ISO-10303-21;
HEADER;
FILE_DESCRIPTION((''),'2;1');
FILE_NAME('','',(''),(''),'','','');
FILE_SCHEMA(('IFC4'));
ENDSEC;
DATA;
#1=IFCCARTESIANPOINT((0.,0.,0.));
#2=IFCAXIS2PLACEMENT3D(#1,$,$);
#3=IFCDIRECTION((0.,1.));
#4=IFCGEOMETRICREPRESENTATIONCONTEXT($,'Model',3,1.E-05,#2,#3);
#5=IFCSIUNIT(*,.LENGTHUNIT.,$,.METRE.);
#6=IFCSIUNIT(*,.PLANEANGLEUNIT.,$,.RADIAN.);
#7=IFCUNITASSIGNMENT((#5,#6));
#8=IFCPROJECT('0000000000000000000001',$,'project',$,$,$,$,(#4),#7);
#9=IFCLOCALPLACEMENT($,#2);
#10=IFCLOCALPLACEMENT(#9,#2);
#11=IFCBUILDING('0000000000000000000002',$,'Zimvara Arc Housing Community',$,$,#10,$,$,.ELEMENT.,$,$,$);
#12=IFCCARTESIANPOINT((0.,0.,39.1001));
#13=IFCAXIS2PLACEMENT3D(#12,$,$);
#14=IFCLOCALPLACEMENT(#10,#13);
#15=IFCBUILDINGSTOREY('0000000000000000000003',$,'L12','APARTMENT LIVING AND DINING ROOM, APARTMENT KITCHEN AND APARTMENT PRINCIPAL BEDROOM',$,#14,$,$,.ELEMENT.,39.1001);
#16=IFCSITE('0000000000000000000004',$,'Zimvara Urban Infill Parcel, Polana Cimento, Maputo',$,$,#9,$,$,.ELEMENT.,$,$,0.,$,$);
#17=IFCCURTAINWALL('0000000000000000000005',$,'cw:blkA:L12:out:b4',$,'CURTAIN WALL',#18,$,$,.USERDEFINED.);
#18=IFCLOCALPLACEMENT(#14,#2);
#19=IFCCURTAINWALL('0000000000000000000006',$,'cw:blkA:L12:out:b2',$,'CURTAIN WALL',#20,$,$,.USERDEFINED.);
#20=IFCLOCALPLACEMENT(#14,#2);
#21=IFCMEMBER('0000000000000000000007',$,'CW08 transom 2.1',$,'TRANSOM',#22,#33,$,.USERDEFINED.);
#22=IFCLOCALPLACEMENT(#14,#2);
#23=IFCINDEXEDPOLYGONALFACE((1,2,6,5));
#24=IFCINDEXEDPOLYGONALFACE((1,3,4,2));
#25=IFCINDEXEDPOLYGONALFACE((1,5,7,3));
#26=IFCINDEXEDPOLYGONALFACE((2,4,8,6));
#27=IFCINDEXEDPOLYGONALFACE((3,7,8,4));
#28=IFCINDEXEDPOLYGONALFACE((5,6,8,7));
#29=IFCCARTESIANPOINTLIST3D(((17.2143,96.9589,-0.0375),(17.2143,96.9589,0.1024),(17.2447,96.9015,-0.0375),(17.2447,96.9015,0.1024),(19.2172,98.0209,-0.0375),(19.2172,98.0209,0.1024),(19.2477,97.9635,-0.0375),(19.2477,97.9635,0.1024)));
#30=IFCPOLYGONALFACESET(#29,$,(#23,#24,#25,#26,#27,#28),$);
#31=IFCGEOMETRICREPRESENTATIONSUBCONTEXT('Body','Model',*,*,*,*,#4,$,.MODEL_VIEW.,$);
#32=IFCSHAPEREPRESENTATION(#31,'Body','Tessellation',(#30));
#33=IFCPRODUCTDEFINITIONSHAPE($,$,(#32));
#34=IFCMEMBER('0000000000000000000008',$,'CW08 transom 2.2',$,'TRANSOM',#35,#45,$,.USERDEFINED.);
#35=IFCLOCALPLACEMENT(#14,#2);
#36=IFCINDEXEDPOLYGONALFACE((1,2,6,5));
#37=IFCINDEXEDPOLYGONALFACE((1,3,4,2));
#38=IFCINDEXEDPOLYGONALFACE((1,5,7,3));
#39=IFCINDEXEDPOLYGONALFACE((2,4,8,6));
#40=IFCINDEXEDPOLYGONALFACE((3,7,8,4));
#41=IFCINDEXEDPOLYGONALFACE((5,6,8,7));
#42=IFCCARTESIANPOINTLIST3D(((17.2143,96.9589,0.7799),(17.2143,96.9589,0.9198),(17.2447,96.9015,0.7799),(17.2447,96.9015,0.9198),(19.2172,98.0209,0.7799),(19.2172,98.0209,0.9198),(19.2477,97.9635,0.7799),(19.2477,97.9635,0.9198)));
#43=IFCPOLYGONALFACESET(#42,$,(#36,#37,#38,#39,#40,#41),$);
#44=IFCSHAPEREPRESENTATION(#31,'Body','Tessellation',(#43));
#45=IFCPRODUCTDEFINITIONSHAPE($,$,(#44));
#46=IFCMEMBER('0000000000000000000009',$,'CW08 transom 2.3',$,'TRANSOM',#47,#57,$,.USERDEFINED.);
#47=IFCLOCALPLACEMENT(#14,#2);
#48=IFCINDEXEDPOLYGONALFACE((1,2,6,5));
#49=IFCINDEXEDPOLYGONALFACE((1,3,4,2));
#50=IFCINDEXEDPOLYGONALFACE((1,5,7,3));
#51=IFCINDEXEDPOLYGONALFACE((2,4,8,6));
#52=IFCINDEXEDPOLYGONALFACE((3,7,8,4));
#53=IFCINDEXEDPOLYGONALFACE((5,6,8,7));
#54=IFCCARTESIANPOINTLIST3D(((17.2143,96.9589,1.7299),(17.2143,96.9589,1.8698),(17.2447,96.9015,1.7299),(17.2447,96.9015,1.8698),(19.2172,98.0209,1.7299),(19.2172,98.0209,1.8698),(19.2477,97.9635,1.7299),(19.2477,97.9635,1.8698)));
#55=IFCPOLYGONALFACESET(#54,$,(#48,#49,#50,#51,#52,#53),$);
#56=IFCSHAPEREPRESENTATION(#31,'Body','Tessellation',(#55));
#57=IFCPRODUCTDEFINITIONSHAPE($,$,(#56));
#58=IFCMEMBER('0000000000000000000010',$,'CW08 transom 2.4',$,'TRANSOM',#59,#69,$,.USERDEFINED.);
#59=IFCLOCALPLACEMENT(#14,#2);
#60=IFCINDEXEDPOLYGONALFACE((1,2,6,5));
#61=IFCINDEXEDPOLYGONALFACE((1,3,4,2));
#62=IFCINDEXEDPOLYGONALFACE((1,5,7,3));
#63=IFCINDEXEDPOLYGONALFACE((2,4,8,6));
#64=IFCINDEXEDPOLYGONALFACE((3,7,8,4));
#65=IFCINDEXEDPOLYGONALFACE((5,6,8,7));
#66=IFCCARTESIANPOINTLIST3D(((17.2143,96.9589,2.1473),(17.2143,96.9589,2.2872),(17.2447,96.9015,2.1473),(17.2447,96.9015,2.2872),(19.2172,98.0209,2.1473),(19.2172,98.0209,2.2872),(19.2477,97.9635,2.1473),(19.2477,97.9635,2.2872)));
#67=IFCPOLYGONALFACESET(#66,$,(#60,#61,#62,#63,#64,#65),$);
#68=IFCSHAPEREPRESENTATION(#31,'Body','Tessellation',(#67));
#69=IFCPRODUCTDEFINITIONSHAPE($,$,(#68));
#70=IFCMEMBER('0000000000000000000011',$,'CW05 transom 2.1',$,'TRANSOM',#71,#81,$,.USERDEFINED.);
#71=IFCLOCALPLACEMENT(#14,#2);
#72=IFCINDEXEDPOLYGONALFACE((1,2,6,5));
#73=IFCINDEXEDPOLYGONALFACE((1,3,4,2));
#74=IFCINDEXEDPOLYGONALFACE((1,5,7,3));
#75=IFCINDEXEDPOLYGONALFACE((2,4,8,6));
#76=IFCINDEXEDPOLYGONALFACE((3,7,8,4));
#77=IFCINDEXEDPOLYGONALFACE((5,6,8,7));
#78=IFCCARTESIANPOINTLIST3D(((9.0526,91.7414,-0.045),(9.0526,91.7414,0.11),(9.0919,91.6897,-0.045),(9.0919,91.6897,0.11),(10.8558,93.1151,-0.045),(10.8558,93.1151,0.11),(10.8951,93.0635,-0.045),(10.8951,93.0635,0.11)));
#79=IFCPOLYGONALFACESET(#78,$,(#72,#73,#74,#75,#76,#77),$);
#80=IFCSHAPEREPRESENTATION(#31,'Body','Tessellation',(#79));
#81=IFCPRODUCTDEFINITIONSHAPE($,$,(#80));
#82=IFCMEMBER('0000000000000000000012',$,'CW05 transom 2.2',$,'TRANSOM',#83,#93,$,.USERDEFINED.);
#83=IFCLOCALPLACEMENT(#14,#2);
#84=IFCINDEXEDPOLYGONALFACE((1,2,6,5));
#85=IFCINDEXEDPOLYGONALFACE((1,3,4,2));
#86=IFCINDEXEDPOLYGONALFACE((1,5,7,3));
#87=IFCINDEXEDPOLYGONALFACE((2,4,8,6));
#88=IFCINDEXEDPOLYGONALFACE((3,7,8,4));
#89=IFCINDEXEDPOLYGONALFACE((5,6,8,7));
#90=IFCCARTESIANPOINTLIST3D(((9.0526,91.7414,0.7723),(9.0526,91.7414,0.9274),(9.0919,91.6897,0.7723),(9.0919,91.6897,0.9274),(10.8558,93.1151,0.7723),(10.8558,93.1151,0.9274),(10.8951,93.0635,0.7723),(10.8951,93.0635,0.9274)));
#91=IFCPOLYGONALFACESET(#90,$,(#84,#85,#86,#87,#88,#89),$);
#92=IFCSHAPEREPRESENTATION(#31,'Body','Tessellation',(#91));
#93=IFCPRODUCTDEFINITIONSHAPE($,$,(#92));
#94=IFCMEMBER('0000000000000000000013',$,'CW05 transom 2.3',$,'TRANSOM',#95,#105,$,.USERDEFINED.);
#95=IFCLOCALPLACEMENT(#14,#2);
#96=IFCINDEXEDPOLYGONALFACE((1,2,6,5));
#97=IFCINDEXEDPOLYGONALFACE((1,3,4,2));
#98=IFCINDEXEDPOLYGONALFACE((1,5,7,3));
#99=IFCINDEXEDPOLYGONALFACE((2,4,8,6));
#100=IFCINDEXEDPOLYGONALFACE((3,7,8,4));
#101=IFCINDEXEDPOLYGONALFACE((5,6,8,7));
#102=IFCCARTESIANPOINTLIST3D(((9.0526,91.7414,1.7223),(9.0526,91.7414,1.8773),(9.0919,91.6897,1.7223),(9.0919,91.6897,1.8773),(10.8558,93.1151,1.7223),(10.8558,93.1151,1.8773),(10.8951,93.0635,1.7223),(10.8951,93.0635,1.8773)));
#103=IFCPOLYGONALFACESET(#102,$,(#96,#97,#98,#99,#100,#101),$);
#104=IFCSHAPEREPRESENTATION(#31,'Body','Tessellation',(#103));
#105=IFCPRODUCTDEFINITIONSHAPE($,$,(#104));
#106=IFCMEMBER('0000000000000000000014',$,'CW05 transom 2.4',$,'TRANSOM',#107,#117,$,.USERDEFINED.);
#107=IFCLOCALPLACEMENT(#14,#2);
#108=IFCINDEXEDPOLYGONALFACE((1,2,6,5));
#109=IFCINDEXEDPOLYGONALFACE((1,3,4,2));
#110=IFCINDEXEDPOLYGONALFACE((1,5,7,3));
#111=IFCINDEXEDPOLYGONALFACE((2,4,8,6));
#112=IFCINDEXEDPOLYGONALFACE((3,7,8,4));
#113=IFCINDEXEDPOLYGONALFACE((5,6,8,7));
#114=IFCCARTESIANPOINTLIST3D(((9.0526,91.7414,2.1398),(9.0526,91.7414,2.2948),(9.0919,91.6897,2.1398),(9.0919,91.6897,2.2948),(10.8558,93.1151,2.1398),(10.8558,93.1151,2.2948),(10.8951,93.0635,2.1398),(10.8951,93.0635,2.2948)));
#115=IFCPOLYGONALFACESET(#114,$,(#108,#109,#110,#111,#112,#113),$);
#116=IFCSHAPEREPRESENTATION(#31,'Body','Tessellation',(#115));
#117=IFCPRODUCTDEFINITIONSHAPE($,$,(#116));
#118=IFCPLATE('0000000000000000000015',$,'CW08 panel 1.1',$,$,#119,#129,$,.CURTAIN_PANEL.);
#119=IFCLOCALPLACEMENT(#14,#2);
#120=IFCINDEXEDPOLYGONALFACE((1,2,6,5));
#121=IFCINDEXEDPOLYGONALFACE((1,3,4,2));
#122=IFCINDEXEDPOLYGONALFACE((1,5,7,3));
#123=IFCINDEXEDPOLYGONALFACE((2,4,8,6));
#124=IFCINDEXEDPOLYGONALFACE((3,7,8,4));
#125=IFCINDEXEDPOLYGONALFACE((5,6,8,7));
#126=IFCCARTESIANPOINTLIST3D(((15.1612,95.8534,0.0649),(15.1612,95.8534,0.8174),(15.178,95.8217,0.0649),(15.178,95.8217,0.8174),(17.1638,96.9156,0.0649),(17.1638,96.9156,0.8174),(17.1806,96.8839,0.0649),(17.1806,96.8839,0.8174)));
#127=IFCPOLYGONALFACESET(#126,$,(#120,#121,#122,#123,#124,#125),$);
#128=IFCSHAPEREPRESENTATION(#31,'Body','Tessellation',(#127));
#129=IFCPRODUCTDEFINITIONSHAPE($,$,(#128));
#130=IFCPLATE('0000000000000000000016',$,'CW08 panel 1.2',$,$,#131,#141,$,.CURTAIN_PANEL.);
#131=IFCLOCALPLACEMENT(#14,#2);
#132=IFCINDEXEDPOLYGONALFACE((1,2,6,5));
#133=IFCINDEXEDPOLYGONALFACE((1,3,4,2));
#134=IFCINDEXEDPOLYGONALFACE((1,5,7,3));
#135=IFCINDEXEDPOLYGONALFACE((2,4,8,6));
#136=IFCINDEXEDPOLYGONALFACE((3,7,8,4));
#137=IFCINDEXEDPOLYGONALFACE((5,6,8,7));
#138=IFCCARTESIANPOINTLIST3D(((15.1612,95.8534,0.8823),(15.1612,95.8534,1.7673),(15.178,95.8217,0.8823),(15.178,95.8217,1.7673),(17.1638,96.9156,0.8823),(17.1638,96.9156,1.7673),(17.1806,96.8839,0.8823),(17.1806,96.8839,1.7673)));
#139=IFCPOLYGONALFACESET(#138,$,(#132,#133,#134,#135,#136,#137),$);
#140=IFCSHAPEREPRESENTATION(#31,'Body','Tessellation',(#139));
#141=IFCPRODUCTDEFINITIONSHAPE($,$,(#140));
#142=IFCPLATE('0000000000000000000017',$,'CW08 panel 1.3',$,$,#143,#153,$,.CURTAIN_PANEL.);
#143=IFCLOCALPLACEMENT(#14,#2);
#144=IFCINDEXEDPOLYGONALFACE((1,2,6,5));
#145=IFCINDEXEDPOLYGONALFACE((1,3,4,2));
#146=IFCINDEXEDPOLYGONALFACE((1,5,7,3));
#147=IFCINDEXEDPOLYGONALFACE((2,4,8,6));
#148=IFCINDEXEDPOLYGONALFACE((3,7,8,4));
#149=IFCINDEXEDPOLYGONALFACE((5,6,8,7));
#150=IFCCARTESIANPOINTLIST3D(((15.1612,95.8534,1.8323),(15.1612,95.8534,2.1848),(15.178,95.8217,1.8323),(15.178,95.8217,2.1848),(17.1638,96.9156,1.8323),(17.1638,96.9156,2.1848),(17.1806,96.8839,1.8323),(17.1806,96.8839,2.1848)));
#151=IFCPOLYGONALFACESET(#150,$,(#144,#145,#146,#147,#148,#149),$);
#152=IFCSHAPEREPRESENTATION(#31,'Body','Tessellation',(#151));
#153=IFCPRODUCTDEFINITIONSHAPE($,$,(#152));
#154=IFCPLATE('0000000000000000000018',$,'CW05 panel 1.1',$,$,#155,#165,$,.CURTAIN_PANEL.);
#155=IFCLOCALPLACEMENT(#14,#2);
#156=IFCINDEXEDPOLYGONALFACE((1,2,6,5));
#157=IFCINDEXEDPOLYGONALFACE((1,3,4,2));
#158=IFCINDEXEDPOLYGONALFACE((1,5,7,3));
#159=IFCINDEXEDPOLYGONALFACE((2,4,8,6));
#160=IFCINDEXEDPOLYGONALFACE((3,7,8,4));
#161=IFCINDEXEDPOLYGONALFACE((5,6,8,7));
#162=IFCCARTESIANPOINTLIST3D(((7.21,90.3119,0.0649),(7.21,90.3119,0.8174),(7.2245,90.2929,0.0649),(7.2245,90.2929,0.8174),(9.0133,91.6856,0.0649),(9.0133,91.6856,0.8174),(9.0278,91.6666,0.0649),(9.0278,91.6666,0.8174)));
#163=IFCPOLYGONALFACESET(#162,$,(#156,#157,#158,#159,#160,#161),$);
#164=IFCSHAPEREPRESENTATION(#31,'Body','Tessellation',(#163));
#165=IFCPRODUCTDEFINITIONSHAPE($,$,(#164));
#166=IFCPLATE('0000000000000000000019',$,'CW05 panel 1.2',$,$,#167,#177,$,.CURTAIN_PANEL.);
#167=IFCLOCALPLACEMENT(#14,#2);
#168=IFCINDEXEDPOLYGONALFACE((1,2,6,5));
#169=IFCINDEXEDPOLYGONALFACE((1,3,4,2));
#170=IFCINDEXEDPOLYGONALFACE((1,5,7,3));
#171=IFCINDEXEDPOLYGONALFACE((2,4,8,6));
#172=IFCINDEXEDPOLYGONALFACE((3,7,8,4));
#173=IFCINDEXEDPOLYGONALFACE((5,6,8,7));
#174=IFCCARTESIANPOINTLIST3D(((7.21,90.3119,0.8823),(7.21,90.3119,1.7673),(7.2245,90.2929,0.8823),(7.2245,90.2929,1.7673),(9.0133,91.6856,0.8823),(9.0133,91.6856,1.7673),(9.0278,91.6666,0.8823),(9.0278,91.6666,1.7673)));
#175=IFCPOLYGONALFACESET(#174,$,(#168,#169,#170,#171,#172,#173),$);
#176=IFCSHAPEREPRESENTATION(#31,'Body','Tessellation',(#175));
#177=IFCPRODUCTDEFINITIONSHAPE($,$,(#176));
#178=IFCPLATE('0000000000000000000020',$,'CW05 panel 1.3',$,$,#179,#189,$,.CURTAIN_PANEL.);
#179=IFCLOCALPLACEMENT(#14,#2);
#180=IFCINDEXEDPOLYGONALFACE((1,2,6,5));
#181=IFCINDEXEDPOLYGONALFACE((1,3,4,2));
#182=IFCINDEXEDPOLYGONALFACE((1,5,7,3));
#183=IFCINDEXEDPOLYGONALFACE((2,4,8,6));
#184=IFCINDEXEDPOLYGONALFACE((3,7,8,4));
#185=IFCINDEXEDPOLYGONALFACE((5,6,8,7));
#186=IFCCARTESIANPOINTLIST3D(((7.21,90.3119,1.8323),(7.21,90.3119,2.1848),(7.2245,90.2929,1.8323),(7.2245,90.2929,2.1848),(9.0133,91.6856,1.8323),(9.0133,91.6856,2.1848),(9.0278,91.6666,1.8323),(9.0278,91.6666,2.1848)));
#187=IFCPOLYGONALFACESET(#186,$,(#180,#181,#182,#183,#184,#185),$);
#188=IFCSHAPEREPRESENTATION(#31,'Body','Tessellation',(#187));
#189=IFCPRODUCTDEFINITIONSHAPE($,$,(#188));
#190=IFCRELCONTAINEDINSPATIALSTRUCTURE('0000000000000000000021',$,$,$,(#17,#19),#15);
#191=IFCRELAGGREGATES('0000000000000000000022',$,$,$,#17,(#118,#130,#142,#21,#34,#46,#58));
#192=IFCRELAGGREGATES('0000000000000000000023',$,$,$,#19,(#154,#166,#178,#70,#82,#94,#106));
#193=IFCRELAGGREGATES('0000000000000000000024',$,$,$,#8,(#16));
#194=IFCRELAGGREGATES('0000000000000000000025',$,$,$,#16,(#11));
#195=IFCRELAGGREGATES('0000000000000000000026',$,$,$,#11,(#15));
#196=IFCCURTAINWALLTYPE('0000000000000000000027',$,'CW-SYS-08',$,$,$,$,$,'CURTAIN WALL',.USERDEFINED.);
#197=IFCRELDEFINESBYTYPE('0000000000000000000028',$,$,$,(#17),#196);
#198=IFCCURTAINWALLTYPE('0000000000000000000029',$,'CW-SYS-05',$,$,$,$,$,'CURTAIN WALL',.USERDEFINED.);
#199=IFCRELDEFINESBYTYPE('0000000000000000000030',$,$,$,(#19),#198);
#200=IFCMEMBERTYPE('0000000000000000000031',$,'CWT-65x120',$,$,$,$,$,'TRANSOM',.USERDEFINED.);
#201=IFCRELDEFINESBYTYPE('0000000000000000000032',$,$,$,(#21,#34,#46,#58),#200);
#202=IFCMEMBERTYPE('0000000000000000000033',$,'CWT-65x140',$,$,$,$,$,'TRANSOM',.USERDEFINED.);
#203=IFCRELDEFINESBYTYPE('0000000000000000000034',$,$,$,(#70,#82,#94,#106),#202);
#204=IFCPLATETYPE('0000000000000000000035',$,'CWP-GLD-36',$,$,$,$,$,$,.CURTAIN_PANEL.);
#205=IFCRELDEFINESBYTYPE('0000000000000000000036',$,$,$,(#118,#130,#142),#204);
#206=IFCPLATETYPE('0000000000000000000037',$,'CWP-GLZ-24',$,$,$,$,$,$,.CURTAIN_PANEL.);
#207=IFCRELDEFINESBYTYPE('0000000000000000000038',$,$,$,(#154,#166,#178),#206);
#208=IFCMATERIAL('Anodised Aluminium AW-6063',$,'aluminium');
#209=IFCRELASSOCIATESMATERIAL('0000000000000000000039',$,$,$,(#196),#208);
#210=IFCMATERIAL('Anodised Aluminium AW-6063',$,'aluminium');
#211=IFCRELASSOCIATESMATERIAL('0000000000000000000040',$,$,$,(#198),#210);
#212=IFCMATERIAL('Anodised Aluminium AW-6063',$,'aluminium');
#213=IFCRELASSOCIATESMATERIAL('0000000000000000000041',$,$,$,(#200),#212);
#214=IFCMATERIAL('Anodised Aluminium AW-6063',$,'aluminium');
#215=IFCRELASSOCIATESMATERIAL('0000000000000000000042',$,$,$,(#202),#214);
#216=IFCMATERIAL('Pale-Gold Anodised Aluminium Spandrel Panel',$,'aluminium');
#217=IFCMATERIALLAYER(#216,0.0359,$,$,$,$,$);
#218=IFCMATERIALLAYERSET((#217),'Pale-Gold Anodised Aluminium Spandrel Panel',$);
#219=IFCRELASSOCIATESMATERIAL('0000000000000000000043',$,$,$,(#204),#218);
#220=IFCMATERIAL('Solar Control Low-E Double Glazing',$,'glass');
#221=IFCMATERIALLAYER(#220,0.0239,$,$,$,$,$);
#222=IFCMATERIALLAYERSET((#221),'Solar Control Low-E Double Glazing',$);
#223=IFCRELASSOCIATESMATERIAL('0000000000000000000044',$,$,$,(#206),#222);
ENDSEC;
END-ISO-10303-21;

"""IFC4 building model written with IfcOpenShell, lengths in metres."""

from ifc_helpers import new_model, si_unit, direction, frame, origin, origin_2d, place, context, subcontext, project, spatial, rectangle, extrude, material, layer, layer_set, material_profile, profile_set, type_object, element, aggregate, save


model = new_model("IFC4")

# Units and contexts
model_context = context("Model", 3, precision=1e-05, world=origin(), true_north=direction((0.0, 1.0)))
body_context = subcontext(model_context, "Body", "Model", "MODEL_VIEW")
ifc_project = project(units=[si_unit("LENGTHUNIT", "METRE"), si_unit("PLANEANGLEUNIT", "RADIAN")], contexts=[model_context])

# Site, building, storey
site_placement = place(None, origin())
site = spatial("IfcSite", under=ifc_project, at=site_placement, Name="Zimvara Urban Infill Parcel, Polana Cimento, Maputo", CompositionType="ELEMENT", RefElevation=0.0)
building_placement = place(site_placement, origin())
building = spatial("IfcBuilding", under=site, at=building_placement, Name="Zimvara Arc Housing Community", CompositionType="ELEMENT")
storey_placement = place(building_placement, frame((0.0, 0.0, 39.1001)))
storey = spatial("IfcBuildingStorey", under=building, at=storey_placement, Name="L12", Description="APARTMENT LIVING AND DINING ROOM, APARTMENT KITCHEN AND APARTMENT PRINCIPAL BEDROOM", CompositionType="ELEMENT", Elevation=39.1001)

# Curtain walls
ifc_material_1 = material(Name="Anodised Aluminium AW-6063", Category="aluminium")
curtain_wall_type_1 = type_object("IfcCurtainWallType", Name="CW-SYS-08", ElementType="CURTAIN WALL", PredefinedType="USERDEFINED", material=ifc_material_1)
curtain_wall_1_placement = place(storey_placement, origin())
curtain_wall_1 = element("IfcCurtainWall", 1, at=curtain_wall_1_placement, inside=storey, type_object=curtain_wall_type_1, Name="cw:blkA:L12:out:b4", ObjectType="CURTAIN WALL", PredefinedType="USERDEFINED")
ifc_material_2 = material(Name="Anodised Aluminium AW-6063", Category="aluminium")
curtain_wall_type_2 = type_object("IfcCurtainWallType", Name="CW-SYS-05", ElementType="CURTAIN WALL", PredefinedType="USERDEFINED", material=ifc_material_2)
curtain_wall_2_placement = place(storey_placement, origin())
curtain_wall_2 = element("IfcCurtainWall", 2, at=curtain_wall_2_placement, inside=storey, type_object=curtain_wall_type_2, Name="cw:blkA:L12:out:b2", ObjectType="CURTAIN WALL", PredefinedType="USERDEFINED")

# Members
ifc_material_3 = material(Name="Anodised Aluminium AW-6063", Category="aluminium")
ifc_material_profile_1 = material_profile(ifc_material_3, rectangle(XDim=0.0649, YDim=0.1399, at=origin_2d()), Name="ALU 65x140")
ifc_profile_set_1 = profile_set([ifc_material_profile_1], Name="Anodised Aluminium AW-6063")
member_type_1 = type_object("IfcMemberType", Name="CWT-65x120", ElementType="TRANSOM", PredefinedType="USERDEFINED", material=ifc_profile_set_1)
member_1_placement = place(storey_placement, frame((17.2295, 96.9302, 0.0325), z_axis=(0.883489, 0.468452, 0.0), x_axis=(-0.468452, 0.883489, 0.0)))
member_1 = element("IfcMember", 3, at=member_1_placement, type_object=member_type_1, Name="CW08 transom 2.1", ObjectType="TRANSOM", PredefinedType="USERDEFINED", context=body_context, shape_type="SweptSolid", body=[
    extrude(rectangle(XDim=0.0649, YDim=0.1399, at=origin_2d()), origin(), (0.0, 0.0, 1.0), 2.2671),
])
member_2_placement = place(storey_placement, frame((17.2295, 96.9302, 0.8499), z_axis=(0.883489, 0.468452, 0.0), x_axis=(-0.468452, 0.883489, 0.0)))
member_2 = element("IfcMember", 4, at=member_2_placement, type_object=member_type_1, Name="CW08 transom 2.2", ObjectType="TRANSOM", PredefinedType="USERDEFINED", context=body_context, shape_type="SweptSolid", body=[
    extrude(rectangle(XDim=0.0649, YDim=0.1399, at=origin_2d()), origin(), (0.0, 0.0, 1.0), 2.2671),
])
member_3_placement = place(storey_placement, frame((17.2295, 96.9302, 1.7998), z_axis=(0.883489, 0.468452, 0.0), x_axis=(-0.468452, 0.883489, 0.0)))
member_3 = element("IfcMember", 5, at=member_3_placement, type_object=member_type_1, Name="CW08 transom 2.3", ObjectType="TRANSOM", PredefinedType="USERDEFINED", context=body_context, shape_type="SweptSolid", body=[
    extrude(rectangle(XDim=0.0649, YDim=0.1399, at=origin_2d()), origin(), (0.0, 0.0, 1.0), 2.2671),
])
member_4_placement = place(storey_placement, frame((17.2295, 96.9302, 2.2173), z_axis=(0.883489, 0.468452, 0.0), x_axis=(-0.468452, 0.883489, 0.0)))
member_4 = element("IfcMember", 6, at=member_4_placement, type_object=member_type_1, Name="CW08 transom 2.4", ObjectType="TRANSOM", PredefinedType="USERDEFINED", context=body_context, shape_type="SweptSolid", body=[
    extrude(rectangle(XDim=0.0649, YDim=0.1399, at=origin_2d()), origin(), (0.0, 0.0, 1.0), 2.2671),
])
ifc_material_4 = material(Name="Anodised Aluminium AW-6063", Category="aluminium")
ifc_material_profile_2 = material_profile(ifc_material_4, rectangle(XDim=0.0649, YDim=0.155, at=origin_2d()), Name="ALU 65x155")
ifc_profile_set_2 = profile_set([ifc_material_profile_2], Name="Anodised Aluminium AW-6063")
member_type_2 = type_object("IfcMemberType", Name="CWT-65x140", ElementType="TRANSOM", PredefinedType="USERDEFINED", material=ifc_profile_set_2)
member_5_placement = place(storey_placement, frame((9.0723, 91.7156, 0.0325), z_axis=(0.795454, 0.606014, 0.0), x_axis=(-0.606014, 0.795454, 0.0)))
member_5 = element("IfcMember", 7, at=member_5_placement, type_object=member_type_2, Name="CW05 transom 2.1", ObjectType="TRANSOM", PredefinedType="USERDEFINED", context=body_context, shape_type="SweptSolid", body=[
    extrude(rectangle(XDim=0.0649, YDim=0.155, at=origin_2d()), origin(), (0.0, 0.0, 1.0), 2.2668),
])
member_6_placement = place(storey_placement, frame((9.0723, 91.7156, 0.8499), z_axis=(0.795454, 0.606014, 0.0), x_axis=(-0.606014, 0.795454, 0.0)))
member_6 = element("IfcMember", 8, at=member_6_placement, type_object=member_type_2, Name="CW05 transom 2.2", ObjectType="TRANSOM", PredefinedType="USERDEFINED", context=body_context, shape_type="SweptSolid", body=[
    extrude(rectangle(XDim=0.0649, YDim=0.155, at=origin_2d()), origin(), (0.0, 0.0, 1.0), 2.2668),
])
member_7_placement = place(storey_placement, frame((9.0723, 91.7156, 1.7998), z_axis=(0.795454, 0.606014, 0.0), x_axis=(-0.606014, 0.795454, 0.0)))
member_7 = element("IfcMember", 9, at=member_7_placement, type_object=member_type_2, Name="CW05 transom 2.3", ObjectType="TRANSOM", PredefinedType="USERDEFINED", context=body_context, shape_type="SweptSolid", body=[
    extrude(rectangle(XDim=0.0649, YDim=0.155, at=origin_2d()), origin(), (0.0, 0.0, 1.0), 2.2668),
])
member_8_placement = place(storey_placement, frame((9.0723, 91.7156, 2.2173), z_axis=(0.795454, 0.606014, 0.0), x_axis=(-0.606014, 0.795454, 0.0)))
member_8 = element("IfcMember", 10, at=member_8_placement, type_object=member_type_2, Name="CW05 transom 2.4", ObjectType="TRANSOM", PredefinedType="USERDEFINED", context=body_context, shape_type="SweptSolid", body=[
    extrude(rectangle(XDim=0.0649, YDim=0.155, at=origin_2d()), origin(), (0.0, 0.0, 1.0), 2.2668),
])

# Plates
ifc_material_5 = material(Name="Pale-Gold Anodised Aluminium Spandrel Panel", Category="aluminium")
ifc_layer_1 = layer(ifc_material_5, 0.0359)
ifc_layer_set_1 = layer_set([ifc_layer_1], Name="Pale-Gold Anodised Aluminium Spandrel Panel")
plate_type_1 = type_object("IfcPlateType", Name="CWP-GLD-36", PredefinedType="CURTAIN_PANEL", material=ifc_layer_set_1)
plate_1_placement = place(storey_placement, frame((16.1709, 96.3687, 0.0649), z_axis=(0.0, 0.0, 1.0), x_axis=(0.883439, 0.468547, 0.0)))
plate_1 = element("IfcPlate", 11, at=plate_1_placement, type_object=plate_type_1, Name="CW08 panel 1.1", PredefinedType="CURTAIN_PANEL", context=body_context, shape_type="SweptSolid", body=[
    extrude(rectangle(XDim=2.2668, YDim=0.0359, at=origin_2d()), origin(), (0.0, 0.0, 1.0), 0.7524),
])
plate_2_placement = place(storey_placement, frame((16.1709, 96.3687, 0.8823), z_axis=(0.0, 0.0, 1.0), x_axis=(0.883439, 0.468547, 0.0)))
plate_2 = element("IfcPlate", 12, at=plate_2_placement, type_object=plate_type_1, Name="CW08 panel 1.2", PredefinedType="CURTAIN_PANEL", context=body_context, shape_type="SweptSolid", body=[
    extrude(rectangle(XDim=2.2668, YDim=0.0359, at=origin_2d()), origin(), (0.0, 0.0, 1.0), 0.885),
])
plate_3_placement = place(storey_placement, frame((16.1709, 96.3687, 1.8323), z_axis=(0.0, 0.0, 1.0), x_axis=(0.883439, 0.468547, 0.0)))
plate_3 = element("IfcPlate", 13, at=plate_3_placement, type_object=plate_type_1, Name="CW08 panel 1.3", PredefinedType="CURTAIN_PANEL", context=body_context, shape_type="SweptSolid", body=[
    extrude(rectangle(XDim=2.2668, YDim=0.0359, at=origin_2d()), origin(), (0.0, 0.0, 1.0), 0.3525),
])
aggregate(curtain_wall_1, [plate_1, plate_2, plate_3, member_1, member_2, member_3, member_4])
ifc_material_6 = material(Name="Solar Control Low-E Double Glazing", Category="glass")
ifc_layer_2 = layer(ifc_material_6, 0.0239)
ifc_layer_set_2 = layer_set([ifc_layer_2], Name="Solar Control Low-E Double Glazing")
plate_type_2 = type_object("IfcPlateType", Name="CWP-GLZ-24", PredefinedType="CURTAIN_PANEL", material=ifc_layer_set_2)
plate_4_placement = place(storey_placement, frame((8.1189, 90.9893, 0.0649), z_axis=(0.0, 0.0, 1.0), x_axis=(0.795474, 0.605988, 0.0)))
plate_4 = element("IfcPlate", 14, at=plate_4_placement, type_object=plate_type_2, Name="CW05 panel 1.1", PredefinedType="CURTAIN_PANEL", context=body_context, shape_type="SweptSolid", body=[
    extrude(rectangle(XDim=2.2668, YDim=0.0239, at=origin_2d()), origin(), (0.0, 0.0, 1.0), 0.7524),
])
plate_5_placement = place(storey_placement, frame((8.1189, 90.9893, 0.8823), z_axis=(0.0, 0.0, 1.0), x_axis=(0.795474, 0.605988, 0.0)))
plate_5 = element("IfcPlate", 15, at=plate_5_placement, type_object=plate_type_2, Name="CW05 panel 1.2", PredefinedType="CURTAIN_PANEL", context=body_context, shape_type="SweptSolid", body=[
    extrude(rectangle(XDim=2.2668, YDim=0.0239, at=origin_2d()), origin(), (0.0, 0.0, 1.0), 0.885),
])
plate_6_placement = place(storey_placement, frame((8.1189, 90.9893, 1.8323), z_axis=(0.0, 0.0, 1.0), x_axis=(0.795474, 0.605988, 0.0)))
plate_6 = element("IfcPlate", 16, at=plate_6_placement, type_object=plate_type_2, Name="CW05 panel 1.3", PredefinedType="CURTAIN_PANEL", context=body_context, shape_type="SweptSolid", body=[
    extrude(rectangle(XDim=2.2668, YDim=0.0239, at=origin_2d()), origin(), (0.0, 0.0, 1.0), 0.3525),
])
aggregate(curtain_wall_2, [plate_4, plate_5, plate_6, member_5, member_6, member_7, member_8])

save(model, "model.ifc")
